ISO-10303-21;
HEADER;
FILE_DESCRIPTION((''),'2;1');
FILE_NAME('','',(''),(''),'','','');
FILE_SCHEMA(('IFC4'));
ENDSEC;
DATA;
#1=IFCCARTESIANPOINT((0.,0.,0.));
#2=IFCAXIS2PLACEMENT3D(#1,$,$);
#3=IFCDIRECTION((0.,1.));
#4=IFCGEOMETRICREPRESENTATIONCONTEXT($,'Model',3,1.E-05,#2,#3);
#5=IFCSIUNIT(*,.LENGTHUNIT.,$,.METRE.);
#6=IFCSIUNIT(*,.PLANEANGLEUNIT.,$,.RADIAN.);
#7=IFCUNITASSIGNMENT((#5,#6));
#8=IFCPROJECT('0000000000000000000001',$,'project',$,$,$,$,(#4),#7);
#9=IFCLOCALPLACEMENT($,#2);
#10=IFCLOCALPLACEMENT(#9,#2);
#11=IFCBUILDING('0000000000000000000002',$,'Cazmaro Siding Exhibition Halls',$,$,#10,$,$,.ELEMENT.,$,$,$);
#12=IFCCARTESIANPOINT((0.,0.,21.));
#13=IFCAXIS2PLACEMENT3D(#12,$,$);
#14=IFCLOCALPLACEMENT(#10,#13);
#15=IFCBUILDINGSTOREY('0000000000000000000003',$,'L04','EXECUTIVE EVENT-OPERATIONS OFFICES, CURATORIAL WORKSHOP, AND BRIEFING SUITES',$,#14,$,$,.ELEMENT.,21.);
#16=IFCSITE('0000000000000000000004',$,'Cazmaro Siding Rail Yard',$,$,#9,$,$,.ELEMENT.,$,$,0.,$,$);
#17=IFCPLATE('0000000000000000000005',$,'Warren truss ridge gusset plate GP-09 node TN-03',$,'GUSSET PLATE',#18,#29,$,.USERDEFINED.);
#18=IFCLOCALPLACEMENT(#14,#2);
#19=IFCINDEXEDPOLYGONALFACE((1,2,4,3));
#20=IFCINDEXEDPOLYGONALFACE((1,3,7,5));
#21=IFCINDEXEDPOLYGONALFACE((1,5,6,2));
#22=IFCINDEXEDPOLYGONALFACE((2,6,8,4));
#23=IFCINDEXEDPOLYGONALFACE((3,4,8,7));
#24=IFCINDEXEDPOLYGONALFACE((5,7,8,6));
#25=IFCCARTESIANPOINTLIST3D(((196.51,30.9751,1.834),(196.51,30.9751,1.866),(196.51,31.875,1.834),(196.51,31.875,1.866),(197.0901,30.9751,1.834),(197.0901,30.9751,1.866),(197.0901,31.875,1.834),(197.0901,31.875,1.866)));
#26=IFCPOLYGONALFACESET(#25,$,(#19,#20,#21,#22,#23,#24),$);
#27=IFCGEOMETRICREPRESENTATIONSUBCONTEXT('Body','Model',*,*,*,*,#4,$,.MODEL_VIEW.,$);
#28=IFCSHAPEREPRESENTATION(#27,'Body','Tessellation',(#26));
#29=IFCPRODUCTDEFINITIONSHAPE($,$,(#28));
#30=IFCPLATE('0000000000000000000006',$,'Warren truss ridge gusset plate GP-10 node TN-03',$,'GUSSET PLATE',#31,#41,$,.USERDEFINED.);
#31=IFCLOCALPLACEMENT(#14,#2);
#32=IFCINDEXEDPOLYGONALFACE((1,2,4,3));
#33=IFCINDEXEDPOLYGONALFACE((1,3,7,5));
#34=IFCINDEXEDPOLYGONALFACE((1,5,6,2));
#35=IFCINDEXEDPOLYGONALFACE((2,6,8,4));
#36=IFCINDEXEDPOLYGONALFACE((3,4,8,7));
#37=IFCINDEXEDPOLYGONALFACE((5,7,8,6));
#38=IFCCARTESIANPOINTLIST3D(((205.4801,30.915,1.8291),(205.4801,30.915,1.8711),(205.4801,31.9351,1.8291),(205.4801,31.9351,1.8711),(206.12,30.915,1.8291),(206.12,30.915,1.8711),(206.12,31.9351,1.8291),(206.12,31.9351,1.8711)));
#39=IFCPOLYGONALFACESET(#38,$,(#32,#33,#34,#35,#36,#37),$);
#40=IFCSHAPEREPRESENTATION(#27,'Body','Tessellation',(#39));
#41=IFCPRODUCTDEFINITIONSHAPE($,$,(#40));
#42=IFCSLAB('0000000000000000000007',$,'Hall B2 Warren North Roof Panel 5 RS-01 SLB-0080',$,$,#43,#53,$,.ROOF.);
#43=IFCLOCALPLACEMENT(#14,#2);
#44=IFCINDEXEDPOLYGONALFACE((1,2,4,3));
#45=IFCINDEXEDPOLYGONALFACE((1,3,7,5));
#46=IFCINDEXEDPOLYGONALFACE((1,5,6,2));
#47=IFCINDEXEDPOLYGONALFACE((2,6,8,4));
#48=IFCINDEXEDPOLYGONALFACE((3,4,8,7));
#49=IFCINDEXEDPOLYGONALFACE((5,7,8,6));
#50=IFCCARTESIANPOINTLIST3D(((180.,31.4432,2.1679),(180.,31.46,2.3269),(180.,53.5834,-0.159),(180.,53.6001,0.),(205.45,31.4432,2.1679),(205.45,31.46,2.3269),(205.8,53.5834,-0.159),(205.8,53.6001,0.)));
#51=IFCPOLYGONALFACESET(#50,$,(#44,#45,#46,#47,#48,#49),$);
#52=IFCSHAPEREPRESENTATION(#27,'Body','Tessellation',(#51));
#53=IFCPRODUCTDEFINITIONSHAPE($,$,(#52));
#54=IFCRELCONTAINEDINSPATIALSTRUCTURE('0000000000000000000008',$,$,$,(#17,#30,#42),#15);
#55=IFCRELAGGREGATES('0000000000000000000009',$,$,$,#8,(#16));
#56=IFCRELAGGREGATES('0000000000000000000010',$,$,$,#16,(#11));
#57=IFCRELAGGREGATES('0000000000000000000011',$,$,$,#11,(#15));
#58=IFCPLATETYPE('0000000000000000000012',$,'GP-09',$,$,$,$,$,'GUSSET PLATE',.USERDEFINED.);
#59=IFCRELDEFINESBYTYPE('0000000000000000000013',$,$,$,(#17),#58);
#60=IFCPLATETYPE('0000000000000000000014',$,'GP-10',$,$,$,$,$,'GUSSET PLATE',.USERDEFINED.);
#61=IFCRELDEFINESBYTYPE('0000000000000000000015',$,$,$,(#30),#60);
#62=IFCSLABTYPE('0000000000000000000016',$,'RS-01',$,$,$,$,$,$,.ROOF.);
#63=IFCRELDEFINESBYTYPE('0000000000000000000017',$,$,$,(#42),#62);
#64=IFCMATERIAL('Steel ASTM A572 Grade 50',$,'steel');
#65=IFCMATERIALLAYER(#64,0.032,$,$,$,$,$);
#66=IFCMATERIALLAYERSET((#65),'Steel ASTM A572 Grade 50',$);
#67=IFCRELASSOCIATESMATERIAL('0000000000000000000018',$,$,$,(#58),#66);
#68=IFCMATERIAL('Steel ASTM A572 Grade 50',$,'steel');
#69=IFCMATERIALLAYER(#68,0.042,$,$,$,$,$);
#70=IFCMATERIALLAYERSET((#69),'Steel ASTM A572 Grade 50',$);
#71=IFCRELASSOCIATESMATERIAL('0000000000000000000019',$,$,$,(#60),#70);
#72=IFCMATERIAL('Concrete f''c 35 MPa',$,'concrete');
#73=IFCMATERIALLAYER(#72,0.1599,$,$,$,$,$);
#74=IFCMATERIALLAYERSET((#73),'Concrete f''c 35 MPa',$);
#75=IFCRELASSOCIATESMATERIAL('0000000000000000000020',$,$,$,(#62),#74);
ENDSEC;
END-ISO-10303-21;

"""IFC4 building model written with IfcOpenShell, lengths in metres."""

from ifc_helpers import new_model, si_unit, direction, frame, origin, origin_2d, place, context, subcontext, project, spatial, polyline, rectangle, outline, extrude, material, layer, layer_set, type_object, element, save


model = new_model("IFC4")

# Units and contexts
model_context = context("Model", 3, precision=1e-05, world=origin(), true_north=direction((0.0, 1.0)))
body_context = subcontext(model_context, "Body", "Model", "MODEL_VIEW")
ifc_project = project(units=[si_unit("LENGTHUNIT", "METRE"), si_unit("PLANEANGLEUNIT", "RADIAN")], contexts=[model_context])

# Site, building, storey
site_placement = place(None, origin())
site = spatial("IfcSite", under=ifc_project, at=site_placement, Name="Cazmaro Siding Rail Yard", CompositionType="ELEMENT", RefElevation=0.0)
building_placement = place(site_placement, origin())
building = spatial("IfcBuilding", under=site, at=building_placement, Name="Cazmaro Siding Exhibition Halls", CompositionType="ELEMENT")
storey_placement = place(building_placement, frame((0.0, 0.0, 21.0)))
storey = spatial("IfcBuildingStorey", under=building, at=storey_placement, Name="L04", Description="EXECUTIVE EVENT-OPERATIONS OFFICES, CURATORIAL WORKSHOP, AND BRIEFING SUITES", CompositionType="ELEMENT", Elevation=21.0)

# Plates
ifc_material_1 = material(Name="Steel ASTM A572 Grade 50", Category="steel")
ifc_layer_1 = layer(ifc_material_1, 0.032)
ifc_layer_set_1 = layer_set([ifc_layer_1], Name="Steel ASTM A572 Grade 50")
plate_type_1 = type_object("IfcPlateType", Name="GP-09", ElementType="GUSSET PLATE", PredefinedType="USERDEFINED", material=ifc_layer_set_1)
plate_1_placement = place(storey_placement, frame((196.8, 31.425, 1.834), z_axis=(0.0, 0.0, 1.0), x_axis=(0.0, 1.0, 0.0)))
element("IfcPlate", 1, at=plate_1_placement, inside=storey, type_object=plate_type_1, Name="Warren truss ridge gusset plate GP-09 node TN-03", ObjectType="GUSSET PLATE", PredefinedType="USERDEFINED", context=body_context, shape_type="SweptSolid", body=[
    extrude(rectangle(XDim=0.8999, YDim=0.5801, at=origin_2d()), origin(), (0.0, 0.0, 1.0), 0.032),
])
ifc_material_2 = material(Name="Steel ASTM A572 Grade 50", Category="steel")
ifc_layer_2 = layer(ifc_material_2, 0.042)
ifc_layer_set_2 = layer_set([ifc_layer_2], Name="Steel ASTM A572 Grade 50")
plate_type_2 = type_object("IfcPlateType", Name="GP-10", ElementType="GUSSET PLATE", PredefinedType="USERDEFINED", material=ifc_layer_set_2)
plate_2_placement = place(storey_placement, frame((205.8, 31.425, 1.8291), z_axis=(0.0, 0.0, 1.0), x_axis=(0.0, 1.0, 0.0)))
element("IfcPlate", 2, at=plate_2_placement, inside=storey, type_object=plate_type_2, Name="Warren truss ridge gusset plate GP-10 node TN-03", ObjectType="GUSSET PLATE", PredefinedType="USERDEFINED", context=body_context, shape_type="SweptSolid", body=[
    extrude(rectangle(XDim=1.02, YDim=0.6399, at=origin_2d()), origin(), (0.0, 0.0, 1.0), 0.042),
])

# Slab
ifc_material_3 = material(Name="Concrete f'c 35 MPa", Category="concrete")
ifc_layer_3 = layer(ifc_material_3, 0.1599)
ifc_layer_set_3 = layer_set([ifc_layer_3], Name="Concrete f'c 35 MPa")
slab_type = type_object("IfcSlabType", Name="RS-01", PredefinedType="ROOF", material=ifc_layer_set_3)
slab_placement = place(storey_placement, frame((180.0, 31.46, 2.3269), z_axis=(0.0, 0.104523, 0.994522), x_axis=(1.0, 0.0, 0.0)))
element("IfcSlab", 3, at=slab_placement, inside=storey, type_object=slab_type, Name="Hall B2 Warren North Roof Panel 5 RS-01 SLB-0080", PredefinedType="ROOF", context=body_context, shape_type="SweptSolid", body=[
    extrude(outline(polyline([(0.0, 0.0), (25.45, 0.0), (25.8, 22.2621), (0.0, 22.2621), (0.0, 0.0)])), origin(), (0.0, 0.0, -1.0), 0.1599),
])

save(model, "model.ifc")
